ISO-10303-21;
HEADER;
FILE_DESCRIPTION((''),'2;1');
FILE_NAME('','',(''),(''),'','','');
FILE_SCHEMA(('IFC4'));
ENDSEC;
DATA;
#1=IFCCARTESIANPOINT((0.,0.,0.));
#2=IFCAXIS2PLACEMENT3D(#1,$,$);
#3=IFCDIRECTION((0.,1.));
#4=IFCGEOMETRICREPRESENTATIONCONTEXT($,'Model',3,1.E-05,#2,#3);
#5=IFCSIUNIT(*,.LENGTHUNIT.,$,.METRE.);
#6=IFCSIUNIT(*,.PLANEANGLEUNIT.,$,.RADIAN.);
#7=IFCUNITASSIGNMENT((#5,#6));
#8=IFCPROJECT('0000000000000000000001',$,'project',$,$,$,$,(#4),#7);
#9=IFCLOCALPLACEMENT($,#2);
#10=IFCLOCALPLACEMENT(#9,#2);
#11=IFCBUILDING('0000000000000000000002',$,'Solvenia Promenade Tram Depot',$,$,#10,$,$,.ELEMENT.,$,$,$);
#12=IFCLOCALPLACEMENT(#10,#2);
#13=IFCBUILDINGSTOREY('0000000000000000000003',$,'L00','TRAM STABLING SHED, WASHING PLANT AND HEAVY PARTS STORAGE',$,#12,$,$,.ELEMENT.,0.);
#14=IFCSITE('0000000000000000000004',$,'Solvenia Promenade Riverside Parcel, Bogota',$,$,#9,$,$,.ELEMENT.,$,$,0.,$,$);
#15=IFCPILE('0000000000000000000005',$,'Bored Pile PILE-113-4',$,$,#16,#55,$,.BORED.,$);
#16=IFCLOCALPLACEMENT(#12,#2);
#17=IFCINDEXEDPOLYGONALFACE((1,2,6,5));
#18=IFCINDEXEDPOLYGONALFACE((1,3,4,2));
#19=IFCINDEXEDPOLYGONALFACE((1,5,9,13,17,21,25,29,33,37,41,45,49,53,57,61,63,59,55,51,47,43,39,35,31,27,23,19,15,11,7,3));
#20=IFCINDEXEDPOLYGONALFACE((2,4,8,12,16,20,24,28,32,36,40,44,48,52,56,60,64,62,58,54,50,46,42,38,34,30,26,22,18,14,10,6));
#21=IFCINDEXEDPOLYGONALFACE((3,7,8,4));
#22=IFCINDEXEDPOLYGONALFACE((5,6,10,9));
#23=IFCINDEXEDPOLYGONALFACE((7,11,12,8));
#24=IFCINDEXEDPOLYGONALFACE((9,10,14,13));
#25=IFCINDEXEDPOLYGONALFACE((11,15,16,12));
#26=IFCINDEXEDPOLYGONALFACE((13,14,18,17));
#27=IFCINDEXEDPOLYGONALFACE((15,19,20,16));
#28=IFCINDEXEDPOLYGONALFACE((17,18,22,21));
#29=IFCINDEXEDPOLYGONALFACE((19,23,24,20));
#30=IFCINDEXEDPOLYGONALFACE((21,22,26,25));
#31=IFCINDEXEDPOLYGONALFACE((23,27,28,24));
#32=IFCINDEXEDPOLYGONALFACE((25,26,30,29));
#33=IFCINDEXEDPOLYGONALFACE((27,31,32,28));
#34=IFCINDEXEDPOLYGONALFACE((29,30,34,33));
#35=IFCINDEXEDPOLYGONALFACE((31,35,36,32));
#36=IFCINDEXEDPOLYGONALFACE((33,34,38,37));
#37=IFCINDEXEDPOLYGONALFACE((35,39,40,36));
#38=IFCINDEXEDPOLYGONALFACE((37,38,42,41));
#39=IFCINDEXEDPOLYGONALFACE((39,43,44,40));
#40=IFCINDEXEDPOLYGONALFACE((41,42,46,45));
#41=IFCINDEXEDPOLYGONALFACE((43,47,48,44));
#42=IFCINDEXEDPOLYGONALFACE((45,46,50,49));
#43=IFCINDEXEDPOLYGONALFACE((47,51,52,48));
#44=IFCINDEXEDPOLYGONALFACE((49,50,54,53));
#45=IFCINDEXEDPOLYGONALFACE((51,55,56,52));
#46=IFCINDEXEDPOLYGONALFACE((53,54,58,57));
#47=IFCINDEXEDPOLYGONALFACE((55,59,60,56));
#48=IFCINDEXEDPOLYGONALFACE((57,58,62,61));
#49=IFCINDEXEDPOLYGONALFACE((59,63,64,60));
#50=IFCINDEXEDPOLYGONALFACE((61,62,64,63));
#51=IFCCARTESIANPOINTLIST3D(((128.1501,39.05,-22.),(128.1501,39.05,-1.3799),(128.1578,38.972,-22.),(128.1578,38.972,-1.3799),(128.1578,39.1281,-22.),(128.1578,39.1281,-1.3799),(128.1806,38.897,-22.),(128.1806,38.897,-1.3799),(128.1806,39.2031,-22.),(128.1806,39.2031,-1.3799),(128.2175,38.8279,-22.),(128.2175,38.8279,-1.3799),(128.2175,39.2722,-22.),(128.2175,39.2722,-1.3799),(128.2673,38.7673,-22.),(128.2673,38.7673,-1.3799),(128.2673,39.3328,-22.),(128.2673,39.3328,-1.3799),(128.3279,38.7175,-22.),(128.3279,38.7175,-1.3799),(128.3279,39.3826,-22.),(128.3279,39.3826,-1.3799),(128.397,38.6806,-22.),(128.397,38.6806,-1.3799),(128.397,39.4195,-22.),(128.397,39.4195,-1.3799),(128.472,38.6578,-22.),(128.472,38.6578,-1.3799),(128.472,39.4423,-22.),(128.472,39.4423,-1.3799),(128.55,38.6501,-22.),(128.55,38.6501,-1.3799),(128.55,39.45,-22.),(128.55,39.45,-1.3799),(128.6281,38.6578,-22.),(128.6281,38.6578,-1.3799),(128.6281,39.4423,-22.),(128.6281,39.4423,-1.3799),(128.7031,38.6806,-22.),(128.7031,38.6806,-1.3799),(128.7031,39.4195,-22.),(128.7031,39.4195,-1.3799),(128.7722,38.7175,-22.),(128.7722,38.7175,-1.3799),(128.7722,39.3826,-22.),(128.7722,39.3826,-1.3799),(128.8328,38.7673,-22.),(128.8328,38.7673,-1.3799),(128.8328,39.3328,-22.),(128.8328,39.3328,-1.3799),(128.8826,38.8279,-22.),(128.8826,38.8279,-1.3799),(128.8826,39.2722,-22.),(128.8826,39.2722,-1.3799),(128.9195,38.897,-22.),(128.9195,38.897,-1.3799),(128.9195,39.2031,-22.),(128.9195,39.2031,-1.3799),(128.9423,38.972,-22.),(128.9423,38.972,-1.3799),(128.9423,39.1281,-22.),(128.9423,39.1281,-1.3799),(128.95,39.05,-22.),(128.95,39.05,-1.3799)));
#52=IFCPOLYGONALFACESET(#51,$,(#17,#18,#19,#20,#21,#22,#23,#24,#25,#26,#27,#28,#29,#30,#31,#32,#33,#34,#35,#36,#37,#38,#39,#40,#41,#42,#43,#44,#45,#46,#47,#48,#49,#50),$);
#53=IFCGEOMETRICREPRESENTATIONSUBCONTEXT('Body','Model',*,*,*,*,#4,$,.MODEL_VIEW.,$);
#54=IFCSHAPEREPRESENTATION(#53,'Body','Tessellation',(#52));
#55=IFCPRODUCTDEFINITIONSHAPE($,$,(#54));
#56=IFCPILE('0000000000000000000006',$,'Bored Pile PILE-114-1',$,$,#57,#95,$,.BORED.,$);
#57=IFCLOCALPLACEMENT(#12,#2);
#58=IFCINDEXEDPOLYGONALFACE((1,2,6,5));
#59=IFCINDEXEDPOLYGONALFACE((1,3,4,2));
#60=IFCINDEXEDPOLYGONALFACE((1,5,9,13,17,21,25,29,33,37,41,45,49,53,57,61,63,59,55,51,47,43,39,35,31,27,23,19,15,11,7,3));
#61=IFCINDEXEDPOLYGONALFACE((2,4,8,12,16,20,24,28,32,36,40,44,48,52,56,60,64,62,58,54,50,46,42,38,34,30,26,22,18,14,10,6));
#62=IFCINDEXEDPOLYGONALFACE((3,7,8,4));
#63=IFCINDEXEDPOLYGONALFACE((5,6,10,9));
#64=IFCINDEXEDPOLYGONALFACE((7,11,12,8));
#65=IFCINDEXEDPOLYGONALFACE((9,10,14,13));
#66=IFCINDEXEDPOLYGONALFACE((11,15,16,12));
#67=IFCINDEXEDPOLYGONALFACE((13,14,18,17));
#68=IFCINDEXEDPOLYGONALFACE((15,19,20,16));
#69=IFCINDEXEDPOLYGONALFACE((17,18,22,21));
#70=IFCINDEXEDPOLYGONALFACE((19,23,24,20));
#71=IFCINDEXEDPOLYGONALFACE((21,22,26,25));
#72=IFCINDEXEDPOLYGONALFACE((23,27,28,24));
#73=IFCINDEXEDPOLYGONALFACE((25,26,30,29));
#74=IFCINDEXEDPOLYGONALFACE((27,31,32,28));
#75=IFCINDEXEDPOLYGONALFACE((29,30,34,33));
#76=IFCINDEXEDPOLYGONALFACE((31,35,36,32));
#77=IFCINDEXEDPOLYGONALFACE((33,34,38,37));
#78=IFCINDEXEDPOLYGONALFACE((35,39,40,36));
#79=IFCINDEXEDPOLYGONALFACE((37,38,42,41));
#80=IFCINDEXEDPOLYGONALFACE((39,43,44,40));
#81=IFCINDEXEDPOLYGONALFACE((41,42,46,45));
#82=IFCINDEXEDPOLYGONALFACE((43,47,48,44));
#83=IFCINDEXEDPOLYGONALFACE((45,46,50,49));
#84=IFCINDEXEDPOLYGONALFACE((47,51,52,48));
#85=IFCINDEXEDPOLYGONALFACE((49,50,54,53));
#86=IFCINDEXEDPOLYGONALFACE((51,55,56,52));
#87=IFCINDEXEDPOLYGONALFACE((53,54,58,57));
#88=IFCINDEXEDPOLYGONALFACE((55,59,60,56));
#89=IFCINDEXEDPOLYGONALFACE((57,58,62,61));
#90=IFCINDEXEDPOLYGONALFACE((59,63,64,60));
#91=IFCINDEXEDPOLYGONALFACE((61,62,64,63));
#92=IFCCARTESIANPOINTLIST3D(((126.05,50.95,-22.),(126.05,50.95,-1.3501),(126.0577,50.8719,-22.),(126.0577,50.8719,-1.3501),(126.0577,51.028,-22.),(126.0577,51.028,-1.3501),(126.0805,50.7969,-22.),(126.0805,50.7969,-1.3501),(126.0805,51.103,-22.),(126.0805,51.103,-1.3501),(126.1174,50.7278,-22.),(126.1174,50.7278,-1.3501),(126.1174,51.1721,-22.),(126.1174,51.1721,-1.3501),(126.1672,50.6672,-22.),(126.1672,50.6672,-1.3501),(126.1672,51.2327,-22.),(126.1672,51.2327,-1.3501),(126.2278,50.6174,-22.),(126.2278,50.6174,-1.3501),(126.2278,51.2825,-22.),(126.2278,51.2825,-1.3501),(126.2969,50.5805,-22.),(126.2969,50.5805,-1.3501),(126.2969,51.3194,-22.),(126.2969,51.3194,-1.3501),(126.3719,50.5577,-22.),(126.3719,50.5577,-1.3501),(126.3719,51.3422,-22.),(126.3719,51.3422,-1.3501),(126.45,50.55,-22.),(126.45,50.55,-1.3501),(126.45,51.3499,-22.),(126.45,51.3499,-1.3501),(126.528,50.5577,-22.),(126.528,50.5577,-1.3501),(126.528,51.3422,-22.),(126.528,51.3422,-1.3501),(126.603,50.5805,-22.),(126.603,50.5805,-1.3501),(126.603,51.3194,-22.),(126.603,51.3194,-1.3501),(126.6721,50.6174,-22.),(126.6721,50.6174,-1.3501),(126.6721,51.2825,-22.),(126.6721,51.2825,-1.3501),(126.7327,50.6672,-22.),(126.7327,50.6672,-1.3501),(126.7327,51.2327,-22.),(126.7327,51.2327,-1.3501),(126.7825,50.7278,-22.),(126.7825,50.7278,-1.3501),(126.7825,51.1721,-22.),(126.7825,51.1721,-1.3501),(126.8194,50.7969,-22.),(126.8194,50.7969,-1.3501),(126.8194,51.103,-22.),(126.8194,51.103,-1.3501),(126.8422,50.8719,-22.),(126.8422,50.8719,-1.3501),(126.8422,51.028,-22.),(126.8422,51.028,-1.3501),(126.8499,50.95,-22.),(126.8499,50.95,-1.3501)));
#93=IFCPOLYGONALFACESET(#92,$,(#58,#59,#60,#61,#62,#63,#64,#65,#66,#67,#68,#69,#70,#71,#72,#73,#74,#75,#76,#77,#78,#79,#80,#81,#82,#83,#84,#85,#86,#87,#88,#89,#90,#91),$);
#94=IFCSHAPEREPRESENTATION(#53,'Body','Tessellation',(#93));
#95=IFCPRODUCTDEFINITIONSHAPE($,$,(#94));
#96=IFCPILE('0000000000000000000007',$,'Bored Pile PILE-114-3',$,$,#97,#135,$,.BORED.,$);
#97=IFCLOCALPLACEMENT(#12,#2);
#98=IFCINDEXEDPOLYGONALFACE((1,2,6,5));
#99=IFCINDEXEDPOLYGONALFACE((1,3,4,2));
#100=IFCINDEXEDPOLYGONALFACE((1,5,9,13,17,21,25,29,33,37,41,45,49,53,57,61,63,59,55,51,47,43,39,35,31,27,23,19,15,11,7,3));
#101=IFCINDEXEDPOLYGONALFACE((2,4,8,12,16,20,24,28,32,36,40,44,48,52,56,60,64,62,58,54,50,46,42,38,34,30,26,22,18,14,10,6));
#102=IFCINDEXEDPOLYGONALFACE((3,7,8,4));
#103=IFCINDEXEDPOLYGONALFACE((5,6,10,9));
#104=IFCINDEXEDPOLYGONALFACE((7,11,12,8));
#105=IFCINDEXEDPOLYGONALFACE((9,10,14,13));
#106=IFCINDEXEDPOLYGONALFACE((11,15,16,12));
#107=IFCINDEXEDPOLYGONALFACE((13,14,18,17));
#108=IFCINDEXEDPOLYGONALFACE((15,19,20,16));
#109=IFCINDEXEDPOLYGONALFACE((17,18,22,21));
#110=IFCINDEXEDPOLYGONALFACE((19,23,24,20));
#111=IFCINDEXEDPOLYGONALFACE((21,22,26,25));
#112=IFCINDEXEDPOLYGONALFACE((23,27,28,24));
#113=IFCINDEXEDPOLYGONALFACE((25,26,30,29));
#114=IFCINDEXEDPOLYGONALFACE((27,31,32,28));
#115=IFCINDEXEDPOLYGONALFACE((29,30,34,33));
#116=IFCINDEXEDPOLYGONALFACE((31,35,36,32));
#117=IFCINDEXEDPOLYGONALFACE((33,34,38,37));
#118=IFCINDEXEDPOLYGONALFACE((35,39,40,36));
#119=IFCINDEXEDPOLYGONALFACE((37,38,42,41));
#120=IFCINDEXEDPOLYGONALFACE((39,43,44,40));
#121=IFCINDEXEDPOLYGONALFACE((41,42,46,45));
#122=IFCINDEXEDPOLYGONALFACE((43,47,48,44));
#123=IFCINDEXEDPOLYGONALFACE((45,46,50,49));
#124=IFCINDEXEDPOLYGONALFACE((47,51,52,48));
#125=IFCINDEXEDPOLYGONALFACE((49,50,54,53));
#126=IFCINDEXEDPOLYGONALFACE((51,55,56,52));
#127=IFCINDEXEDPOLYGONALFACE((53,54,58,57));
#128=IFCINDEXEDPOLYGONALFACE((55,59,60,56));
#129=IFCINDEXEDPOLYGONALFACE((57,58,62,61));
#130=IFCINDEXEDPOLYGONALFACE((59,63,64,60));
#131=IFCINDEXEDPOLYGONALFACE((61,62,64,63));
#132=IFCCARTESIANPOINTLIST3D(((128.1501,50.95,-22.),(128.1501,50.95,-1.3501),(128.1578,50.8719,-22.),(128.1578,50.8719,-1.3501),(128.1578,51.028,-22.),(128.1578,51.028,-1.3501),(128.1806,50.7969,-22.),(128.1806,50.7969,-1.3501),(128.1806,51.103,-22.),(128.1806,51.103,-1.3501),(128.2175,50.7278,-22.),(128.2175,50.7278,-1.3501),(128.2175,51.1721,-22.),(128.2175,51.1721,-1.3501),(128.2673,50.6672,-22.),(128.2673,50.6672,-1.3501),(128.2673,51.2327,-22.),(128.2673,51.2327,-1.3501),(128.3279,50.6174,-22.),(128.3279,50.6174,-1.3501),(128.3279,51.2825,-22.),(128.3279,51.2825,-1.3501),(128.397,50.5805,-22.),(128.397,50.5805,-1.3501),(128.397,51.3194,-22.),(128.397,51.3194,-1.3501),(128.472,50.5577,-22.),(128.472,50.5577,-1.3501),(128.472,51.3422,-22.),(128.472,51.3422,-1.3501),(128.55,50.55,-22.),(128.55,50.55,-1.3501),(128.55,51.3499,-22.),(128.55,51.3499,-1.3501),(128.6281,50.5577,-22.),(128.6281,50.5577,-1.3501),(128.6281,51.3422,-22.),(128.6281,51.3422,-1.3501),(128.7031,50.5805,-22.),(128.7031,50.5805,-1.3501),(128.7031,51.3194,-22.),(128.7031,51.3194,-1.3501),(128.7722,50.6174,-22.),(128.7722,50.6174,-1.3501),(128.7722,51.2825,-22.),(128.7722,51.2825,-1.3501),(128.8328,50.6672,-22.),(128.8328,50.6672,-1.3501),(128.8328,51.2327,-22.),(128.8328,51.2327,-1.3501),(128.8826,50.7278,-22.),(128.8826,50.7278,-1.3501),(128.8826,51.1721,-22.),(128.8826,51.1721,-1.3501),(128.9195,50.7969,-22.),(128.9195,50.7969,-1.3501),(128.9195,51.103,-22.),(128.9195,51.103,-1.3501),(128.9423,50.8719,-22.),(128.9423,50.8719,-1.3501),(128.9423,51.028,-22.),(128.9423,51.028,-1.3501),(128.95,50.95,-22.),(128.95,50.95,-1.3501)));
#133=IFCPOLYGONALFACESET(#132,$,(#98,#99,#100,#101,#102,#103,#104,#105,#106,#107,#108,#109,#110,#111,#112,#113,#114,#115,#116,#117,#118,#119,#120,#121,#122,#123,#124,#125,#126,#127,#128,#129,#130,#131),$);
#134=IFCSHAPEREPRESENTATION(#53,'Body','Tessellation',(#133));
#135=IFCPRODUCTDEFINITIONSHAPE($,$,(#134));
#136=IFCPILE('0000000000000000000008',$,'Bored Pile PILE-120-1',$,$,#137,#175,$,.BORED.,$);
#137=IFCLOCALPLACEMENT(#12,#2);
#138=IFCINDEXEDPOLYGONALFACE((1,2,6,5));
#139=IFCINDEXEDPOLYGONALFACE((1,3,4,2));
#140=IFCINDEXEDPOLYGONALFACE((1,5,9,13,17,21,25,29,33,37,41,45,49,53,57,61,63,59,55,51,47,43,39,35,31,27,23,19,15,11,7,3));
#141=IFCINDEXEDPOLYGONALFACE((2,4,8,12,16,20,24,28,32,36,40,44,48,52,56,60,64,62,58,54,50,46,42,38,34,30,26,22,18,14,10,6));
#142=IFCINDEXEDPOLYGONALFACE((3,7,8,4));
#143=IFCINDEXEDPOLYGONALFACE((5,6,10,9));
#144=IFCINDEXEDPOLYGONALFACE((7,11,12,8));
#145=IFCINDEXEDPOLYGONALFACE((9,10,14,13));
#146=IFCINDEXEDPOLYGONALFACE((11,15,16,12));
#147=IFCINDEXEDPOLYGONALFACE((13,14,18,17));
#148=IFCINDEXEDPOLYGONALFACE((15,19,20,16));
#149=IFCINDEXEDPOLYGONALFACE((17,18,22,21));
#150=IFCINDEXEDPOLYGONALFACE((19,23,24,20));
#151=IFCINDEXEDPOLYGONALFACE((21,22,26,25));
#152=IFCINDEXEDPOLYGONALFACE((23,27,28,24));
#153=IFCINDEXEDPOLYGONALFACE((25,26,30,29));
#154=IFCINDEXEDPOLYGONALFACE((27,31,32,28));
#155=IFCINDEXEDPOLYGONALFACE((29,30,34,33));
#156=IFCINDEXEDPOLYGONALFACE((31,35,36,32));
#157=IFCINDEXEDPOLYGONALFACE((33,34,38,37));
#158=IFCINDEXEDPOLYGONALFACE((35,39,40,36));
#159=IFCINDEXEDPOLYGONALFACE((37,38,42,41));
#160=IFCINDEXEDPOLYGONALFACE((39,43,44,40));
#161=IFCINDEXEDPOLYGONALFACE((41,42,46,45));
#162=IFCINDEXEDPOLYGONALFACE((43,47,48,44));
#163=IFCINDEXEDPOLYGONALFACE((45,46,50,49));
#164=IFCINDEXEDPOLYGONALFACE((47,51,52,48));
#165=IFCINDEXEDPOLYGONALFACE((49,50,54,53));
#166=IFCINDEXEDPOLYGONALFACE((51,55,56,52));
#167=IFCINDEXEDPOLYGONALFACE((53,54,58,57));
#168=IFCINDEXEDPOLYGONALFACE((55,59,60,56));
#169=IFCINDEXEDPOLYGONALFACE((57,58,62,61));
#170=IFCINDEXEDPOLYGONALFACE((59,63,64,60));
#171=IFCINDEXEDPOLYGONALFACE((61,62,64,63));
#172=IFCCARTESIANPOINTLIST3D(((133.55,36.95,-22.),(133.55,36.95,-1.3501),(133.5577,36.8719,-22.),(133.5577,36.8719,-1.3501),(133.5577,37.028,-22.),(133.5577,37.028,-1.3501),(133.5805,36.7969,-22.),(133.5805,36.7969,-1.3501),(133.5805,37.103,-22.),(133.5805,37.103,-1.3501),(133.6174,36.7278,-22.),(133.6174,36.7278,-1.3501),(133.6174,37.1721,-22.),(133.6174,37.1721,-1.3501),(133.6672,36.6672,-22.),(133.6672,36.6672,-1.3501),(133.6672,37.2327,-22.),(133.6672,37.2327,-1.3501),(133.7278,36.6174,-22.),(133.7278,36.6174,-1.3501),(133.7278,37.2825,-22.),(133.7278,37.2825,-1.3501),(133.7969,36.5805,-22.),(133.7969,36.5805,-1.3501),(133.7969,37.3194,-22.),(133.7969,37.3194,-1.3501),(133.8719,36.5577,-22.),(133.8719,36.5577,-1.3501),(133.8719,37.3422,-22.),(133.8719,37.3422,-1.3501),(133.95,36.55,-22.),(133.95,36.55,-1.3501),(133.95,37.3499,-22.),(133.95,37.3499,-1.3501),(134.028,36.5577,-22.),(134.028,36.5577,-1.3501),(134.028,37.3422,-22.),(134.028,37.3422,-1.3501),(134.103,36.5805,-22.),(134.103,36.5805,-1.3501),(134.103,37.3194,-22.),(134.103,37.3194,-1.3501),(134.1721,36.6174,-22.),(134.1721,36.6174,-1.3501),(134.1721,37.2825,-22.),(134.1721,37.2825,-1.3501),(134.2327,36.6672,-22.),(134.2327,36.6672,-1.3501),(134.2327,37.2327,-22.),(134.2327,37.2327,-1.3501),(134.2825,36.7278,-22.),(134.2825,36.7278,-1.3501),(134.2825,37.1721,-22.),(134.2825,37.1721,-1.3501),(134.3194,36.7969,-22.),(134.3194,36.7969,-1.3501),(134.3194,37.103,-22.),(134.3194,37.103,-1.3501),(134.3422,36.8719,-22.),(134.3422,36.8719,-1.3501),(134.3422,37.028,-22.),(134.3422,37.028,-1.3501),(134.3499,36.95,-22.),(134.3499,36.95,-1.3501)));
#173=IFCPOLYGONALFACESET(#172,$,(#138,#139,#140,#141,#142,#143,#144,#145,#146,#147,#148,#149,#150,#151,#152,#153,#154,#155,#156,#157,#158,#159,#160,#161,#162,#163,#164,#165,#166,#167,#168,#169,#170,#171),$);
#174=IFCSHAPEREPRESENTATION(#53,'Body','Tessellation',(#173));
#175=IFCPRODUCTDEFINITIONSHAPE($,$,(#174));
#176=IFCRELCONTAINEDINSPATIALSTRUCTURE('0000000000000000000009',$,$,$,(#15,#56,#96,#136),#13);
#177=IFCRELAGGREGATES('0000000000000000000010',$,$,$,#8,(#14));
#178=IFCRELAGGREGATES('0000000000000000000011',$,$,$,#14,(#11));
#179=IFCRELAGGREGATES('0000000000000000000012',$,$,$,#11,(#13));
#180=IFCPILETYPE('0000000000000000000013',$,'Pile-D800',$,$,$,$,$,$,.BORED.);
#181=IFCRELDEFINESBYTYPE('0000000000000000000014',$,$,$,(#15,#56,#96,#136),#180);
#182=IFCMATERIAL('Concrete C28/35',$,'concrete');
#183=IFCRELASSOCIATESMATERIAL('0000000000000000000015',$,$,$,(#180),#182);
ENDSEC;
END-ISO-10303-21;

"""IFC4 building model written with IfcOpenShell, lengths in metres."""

from ifc_helpers import new_model, si_unit, direction, frame, origin, origin_2d, place, context, subcontext, project, spatial, circle, extrude, material, material_profile, profile_set, type_object, element, save


model = new_model("IFC4")

# Units and contexts
model_context = context("Model", 3, precision=1e-05, world=origin(), true_north=direction((0.0, 1.0)))
body_context = subcontext(model_context, "Body", "Model", "MODEL_VIEW")
ifc_project = project(units=[si_unit("LENGTHUNIT", "METRE"), si_unit("PLANEANGLEUNIT", "RADIAN")], contexts=[model_context])

# Site, building, storey
site_placement = place(None, origin())
site = spatial("IfcSite", under=ifc_project, at=site_placement, Name="Solvenia Promenade Riverside Parcel, Bogota", CompositionType="ELEMENT", RefElevation=0.0)
building_placement = place(site_placement, origin())
building = spatial("IfcBuilding", under=site, at=building_placement, Name="Solvenia Promenade Tram Depot", CompositionType="ELEMENT")
storey_placement = place(building_placement, origin())
storey = spatial("IfcBuildingStorey", under=building, at=storey_placement, Name="L00", Description="TRAM STABLING SHED, WASHING PLANT AND HEAVY PARTS STORAGE", CompositionType="ELEMENT", Elevation=0.0)

# Shared definitions
ifc_material_1 = material(Name="Concrete C28/35", Category="concrete")

# Piles
ifc_material_profile_1 = material_profile(ifc_material_1, circle(Radius=0.3999, at=origin_2d()), Name="D800", Category="concrete")
ifc_profile_set_1 = profile_set([ifc_material_profile_1], Name="Concrete C28/35")
pile_type_1 = type_object("IfcPileType", Name="Pile-D800", PredefinedType="BORED", material=ifc_profile_set_1)
for number, where, z_axis, x_axis, name in (
    (1, (128.55, 39.05, -1.3799), (0.0, 0.0, -1.0), (1.0, 0.0, 0.0), "Bored Pile PILE-113-4"),
):
    element("IfcPile", number, at=place(storey_placement, frame(where, z_axis=z_axis, x_axis=x_axis)), inside=storey, type_object=pile_type_1, Name=name, PredefinedType="BORED", context=body_context, shape_type="SweptSolid", body=[
        extrude(circle(Radius=0.3999, at=origin_2d()), origin(), (0.0, 0.0, 1.0), 20.6201),
    ])
for number, where, z_axis, x_axis, name in (
    (2, (126.45, 50.95, -1.3501), (0.0, 0.0, -1.0), (1.0, 0.0, 0.0), "Bored Pile PILE-114-1"),
    (3, (128.55, 50.95, -1.3501), (0.0, 0.0, -1.0), (1.0, 0.0, 0.0), "Bored Pile PILE-114-3"),
    (4, (133.95, 36.95, -1.3501), (0.0, 0.0, -1.0), (1.0, 0.0, 0.0), "Bored Pile PILE-120-1"),
):
    element("IfcPile", number, at=place(storey_placement, frame(where, z_axis=z_axis, x_axis=x_axis)), inside=storey, type_object=pile_type_1, Name=name, PredefinedType="BORED", context=body_context, shape_type="SweptSolid", body=[
        extrude(circle(Radius=0.3999, at=origin_2d()), origin(), (0.0, 0.0, 1.0), 20.6499),
    ])

save(model, "model.ifc")
